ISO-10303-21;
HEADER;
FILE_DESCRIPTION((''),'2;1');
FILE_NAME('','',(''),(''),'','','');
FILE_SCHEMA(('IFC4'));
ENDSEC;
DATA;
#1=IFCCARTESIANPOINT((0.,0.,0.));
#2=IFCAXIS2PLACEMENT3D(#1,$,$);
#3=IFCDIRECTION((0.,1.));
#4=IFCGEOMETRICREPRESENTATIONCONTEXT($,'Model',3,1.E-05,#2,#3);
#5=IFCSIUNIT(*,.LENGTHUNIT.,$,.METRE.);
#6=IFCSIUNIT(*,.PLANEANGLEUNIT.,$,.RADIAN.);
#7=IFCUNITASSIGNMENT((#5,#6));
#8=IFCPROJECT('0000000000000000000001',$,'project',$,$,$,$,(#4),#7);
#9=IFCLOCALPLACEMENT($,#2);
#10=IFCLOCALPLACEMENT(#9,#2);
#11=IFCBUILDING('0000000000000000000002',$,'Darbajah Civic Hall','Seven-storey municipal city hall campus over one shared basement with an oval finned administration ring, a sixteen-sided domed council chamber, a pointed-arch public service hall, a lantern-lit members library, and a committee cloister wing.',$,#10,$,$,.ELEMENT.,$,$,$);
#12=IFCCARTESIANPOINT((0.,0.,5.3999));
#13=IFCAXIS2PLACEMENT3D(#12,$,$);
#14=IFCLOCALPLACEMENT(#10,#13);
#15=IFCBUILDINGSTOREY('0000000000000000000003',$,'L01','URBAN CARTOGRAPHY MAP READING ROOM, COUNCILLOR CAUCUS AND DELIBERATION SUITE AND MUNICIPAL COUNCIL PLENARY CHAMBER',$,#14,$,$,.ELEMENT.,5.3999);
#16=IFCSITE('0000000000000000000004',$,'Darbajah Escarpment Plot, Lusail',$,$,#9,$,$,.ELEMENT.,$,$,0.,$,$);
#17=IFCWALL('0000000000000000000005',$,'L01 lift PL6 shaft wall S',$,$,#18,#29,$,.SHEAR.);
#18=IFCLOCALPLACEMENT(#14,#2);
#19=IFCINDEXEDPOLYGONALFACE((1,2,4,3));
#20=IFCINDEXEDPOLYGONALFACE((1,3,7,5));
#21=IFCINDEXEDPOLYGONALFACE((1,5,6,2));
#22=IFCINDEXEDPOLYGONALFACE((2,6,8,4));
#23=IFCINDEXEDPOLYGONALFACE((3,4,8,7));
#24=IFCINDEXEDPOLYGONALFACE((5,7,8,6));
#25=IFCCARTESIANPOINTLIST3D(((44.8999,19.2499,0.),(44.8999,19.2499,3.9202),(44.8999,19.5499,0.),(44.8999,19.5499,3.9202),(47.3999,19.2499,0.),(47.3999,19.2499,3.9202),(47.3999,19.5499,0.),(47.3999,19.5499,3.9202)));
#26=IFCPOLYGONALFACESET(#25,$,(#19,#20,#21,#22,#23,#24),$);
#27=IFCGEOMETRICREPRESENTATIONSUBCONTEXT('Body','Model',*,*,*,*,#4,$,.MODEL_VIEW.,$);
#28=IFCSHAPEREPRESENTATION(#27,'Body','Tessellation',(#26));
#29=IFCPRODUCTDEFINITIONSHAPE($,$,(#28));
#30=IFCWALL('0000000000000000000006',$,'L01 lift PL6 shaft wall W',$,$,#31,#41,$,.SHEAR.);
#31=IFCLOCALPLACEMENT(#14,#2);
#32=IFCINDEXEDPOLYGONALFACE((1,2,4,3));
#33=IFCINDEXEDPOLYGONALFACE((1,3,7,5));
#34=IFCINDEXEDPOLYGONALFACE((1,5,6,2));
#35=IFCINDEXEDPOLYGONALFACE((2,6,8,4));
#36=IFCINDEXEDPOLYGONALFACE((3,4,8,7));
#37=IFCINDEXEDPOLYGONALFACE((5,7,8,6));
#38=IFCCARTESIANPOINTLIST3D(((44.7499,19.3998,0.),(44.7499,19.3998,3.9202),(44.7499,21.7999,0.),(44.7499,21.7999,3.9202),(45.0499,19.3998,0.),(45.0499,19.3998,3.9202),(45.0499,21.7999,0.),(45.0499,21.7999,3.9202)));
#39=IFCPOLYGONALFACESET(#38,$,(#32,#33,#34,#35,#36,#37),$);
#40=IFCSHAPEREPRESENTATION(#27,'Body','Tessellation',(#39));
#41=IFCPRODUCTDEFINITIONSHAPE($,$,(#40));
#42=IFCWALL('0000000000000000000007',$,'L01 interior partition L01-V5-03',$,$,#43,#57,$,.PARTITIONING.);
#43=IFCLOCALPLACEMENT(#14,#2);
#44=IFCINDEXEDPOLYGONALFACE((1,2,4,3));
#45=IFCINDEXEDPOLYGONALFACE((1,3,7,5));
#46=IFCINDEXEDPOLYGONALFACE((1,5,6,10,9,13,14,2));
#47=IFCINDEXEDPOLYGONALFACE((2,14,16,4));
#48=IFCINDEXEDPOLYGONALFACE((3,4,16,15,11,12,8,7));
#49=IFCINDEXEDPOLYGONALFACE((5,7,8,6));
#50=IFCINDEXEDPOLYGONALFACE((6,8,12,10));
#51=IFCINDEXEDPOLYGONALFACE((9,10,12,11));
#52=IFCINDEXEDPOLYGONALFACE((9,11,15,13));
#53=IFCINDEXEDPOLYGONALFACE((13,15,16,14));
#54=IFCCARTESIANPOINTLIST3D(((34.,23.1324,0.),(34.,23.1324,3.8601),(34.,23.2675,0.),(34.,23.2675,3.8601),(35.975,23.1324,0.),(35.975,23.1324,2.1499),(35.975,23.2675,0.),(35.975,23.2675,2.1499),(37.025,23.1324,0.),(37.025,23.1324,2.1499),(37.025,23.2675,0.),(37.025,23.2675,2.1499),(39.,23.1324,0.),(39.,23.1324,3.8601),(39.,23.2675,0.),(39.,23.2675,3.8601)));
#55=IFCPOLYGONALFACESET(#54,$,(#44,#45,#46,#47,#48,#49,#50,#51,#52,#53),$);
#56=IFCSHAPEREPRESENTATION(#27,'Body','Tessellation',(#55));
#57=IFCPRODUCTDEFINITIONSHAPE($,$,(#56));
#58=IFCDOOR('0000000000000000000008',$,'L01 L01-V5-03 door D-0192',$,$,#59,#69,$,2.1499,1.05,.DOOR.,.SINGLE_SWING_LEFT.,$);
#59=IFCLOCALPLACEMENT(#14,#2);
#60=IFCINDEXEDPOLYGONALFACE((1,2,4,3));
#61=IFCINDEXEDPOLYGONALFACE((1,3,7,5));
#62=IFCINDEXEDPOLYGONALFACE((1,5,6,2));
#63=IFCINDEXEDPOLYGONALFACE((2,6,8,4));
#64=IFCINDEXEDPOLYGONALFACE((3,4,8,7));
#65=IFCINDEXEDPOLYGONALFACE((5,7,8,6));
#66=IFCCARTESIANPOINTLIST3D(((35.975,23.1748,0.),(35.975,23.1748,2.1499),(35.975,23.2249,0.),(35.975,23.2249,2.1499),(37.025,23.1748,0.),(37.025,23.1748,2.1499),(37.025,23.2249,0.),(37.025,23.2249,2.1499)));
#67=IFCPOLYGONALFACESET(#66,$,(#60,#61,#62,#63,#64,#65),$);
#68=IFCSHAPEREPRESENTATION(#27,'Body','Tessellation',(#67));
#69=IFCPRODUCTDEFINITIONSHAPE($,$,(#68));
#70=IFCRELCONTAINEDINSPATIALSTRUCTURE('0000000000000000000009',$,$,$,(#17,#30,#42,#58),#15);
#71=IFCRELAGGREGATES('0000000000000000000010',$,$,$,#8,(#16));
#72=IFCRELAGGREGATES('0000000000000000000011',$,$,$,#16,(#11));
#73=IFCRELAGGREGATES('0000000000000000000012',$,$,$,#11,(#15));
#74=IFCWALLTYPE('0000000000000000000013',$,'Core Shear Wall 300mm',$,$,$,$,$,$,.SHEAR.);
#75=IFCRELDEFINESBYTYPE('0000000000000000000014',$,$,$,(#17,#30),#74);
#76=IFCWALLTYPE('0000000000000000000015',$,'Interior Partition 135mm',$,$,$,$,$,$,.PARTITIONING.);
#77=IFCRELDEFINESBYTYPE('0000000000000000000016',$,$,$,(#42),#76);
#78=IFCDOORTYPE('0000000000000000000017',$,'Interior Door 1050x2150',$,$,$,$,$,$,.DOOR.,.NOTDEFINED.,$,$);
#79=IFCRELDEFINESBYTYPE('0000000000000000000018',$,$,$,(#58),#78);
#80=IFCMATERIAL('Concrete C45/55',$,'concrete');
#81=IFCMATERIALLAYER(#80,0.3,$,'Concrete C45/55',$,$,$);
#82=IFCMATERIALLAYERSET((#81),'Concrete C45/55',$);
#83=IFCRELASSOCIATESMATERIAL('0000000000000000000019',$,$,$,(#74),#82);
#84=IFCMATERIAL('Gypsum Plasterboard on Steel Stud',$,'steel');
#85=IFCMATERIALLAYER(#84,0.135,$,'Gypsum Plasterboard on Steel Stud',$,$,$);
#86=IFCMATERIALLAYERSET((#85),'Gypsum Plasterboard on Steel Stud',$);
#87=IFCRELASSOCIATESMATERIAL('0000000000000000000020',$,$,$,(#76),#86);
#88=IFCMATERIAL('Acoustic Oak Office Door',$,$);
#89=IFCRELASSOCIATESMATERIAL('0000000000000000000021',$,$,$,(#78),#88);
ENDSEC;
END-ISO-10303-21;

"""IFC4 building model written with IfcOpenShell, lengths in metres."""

from ifc_helpers import new_model, si_unit, direction, frame, frame_2d, origin, place, context, subcontext, project, spatial, rectangle, extrude, material, layer, layer_set, type_object, element, fill, save


model = new_model("IFC4")

# Units and contexts
model_context = context("Model", 3, precision=1e-05, world=origin(), true_north=direction((0.0, 1.0)))
body_context = subcontext(model_context, "Body", "Model", "MODEL_VIEW")
ifc_project = project(units=[si_unit("LENGTHUNIT", "METRE"), si_unit("PLANEANGLEUNIT", "RADIAN")], contexts=[model_context])

# Site, building, storey
site_placement = place(None, origin())
site = spatial("IfcSite", under=ifc_project, at=site_placement, Name="Darbajah Escarpment Plot, Lusail", CompositionType="ELEMENT", RefElevation=0.0)
building_placement = place(site_placement, origin())
building = spatial("IfcBuilding", under=site, at=building_placement, Name="Darbajah Civic Hall", Description="Seven-storey municipal city hall campus over one shared basement with an oval finned administration ring, a sixteen-sided domed council chamber, a pointed-arch public service hall, a lantern-lit members library, and a committee cloister wing.", CompositionType="ELEMENT")
storey_placement = place(building_placement, frame((0.0, 0.0, 5.3999)))
storey = spatial("IfcBuildingStorey", under=building, at=storey_placement, Name="L01", Description="URBAN CARTOGRAPHY MAP READING ROOM, COUNCILLOR CAUCUS AND DELIBERATION SUITE AND MUNICIPAL COUNCIL PLENARY CHAMBER", CompositionType="ELEMENT", Elevation=5.3999)

# Shared definitions
ifc_material_1 = material(Name="Concrete C45/55", Category="concrete")

# Walls
ifc_layer_1 = layer(ifc_material_1, 0.3, Name="Concrete C45/55")
ifc_layer_set_1 = layer_set([ifc_layer_1], Name="Concrete C45/55")
wall_type_1 = type_object("IfcWallType", Name="Core Shear Wall 300mm", PredefinedType="SHEAR", material=ifc_layer_set_1)
wall_1_placement = place(storey_placement, frame((44.8999, 19.3999, 0.0), z_axis=(0.0, 0.0, 1.0), x_axis=(1.0, 0.0, 0.0)))
element("IfcWall", 1, at=wall_1_placement, inside=storey, type_object=wall_type_1, Name="L01 lift PL6 shaft wall S", PredefinedType="SHEAR", context=body_context, shape_type="SweptSolid", body=[
    extrude(rectangle(XDim=2.5, YDim=0.3, at=frame_2d((1.25, 0.0))), origin(), (0.0, 0.0, 1.0), 3.9202),
])
wall_2_placement = place(storey_placement, frame((44.8999, 21.8, 0.0), z_axis=(0.0, 0.0, 1.0), x_axis=(0.0, -1.0, 0.0)))
element("IfcWall", 2, at=wall_2_placement, inside=storey, type_object=wall_type_1, Name="L01 lift PL6 shaft wall W", PredefinedType="SHEAR", context=body_context, shape_type="SweptSolid", body=[
    extrude(rectangle(XDim=2.4001, YDim=0.3, at=frame_2d((1.2002, 0.0))), origin(), (0.0, 0.0, 1.0), 3.9202),
])

# Wall, opening, door
ifc_material_2 = material(Name="Gypsum Plasterboard on Steel Stud", Category="steel")
ifc_layer_2 = layer(ifc_material_2, 0.135, Name="Gypsum Plasterboard on Steel Stud")
ifc_layer_set_2 = layer_set([ifc_layer_2], Name="Gypsum Plasterboard on Steel Stud")
wall_type_2 = type_object("IfcWallType", Name="Interior Partition 135mm", PredefinedType="PARTITIONING", material=ifc_layer_set_2)
wall_3_placement = place(storey_placement, frame((34.0, 23.2, 0.0), z_axis=(0.0, 0.0, 1.0), x_axis=(1.0, 0.0, 0.0)))
wall_3 = element("IfcWall", 3, at=wall_3_placement, inside=storey, type_object=wall_type_2, Name="L01 interior partition L01-V5-03", PredefinedType="PARTITIONING", context=body_context, shape_type="SweptSolid", body=[
    extrude(rectangle(XDim=5.0, YDim=0.135, at=frame_2d((2.5, 0.0))), origin(), (0.0, 0.0, 1.0), 3.8601),
])
opening_placement = place(wall_3_placement, frame((1.9751, 0.0, 0.0)))
opening = element("IfcOpeningElement", 4, at=opening_placement, cuts=wall_3, PredefinedType="OPENING", context=body_context, shape_type="SweptSolid", body=[
    extrude(rectangle(XDim=1.05, YDim=2.1499, at=frame_2d((0.5249, 1.075))), frame((0.0, 0.0774, 0.0), z_axis=(0.0, -1.0, 0.0), x_axis=(1.0, 0.0, 0.0)), (0.0, 0.0, 1.0), 0.155),
])
ifc_material_3 = material(Name="Acoustic Oak Office Door")
door_type = type_object("IfcDoorType", Name="Interior Door 1050x2150", OperationType="NOTDEFINED", PredefinedType="DOOR", material=ifc_material_3)
door_placement = place(opening_placement, origin())
door = element("IfcDoor", 5, at=door_placement, inside=storey, type_object=door_type, Name="L01 L01-V5-03 door D-0192", OperationType="SINGLE_SWING_LEFT", OverallHeight=2.1499, OverallWidth=1.05, PredefinedType="DOOR", context=body_context, shape_type="SweptSolid", body=[
    extrude(rectangle(XDim=1.05, YDim=2.1499, at=frame_2d((0.5249, 1.075))), frame((0.0, 0.0249, 0.0), z_axis=(0.0, -1.0, 0.0), x_axis=(1.0, 0.0, 0.0)), (0.0, 0.0, 1.0), 0.05),
])
fill(opening, door)

save(model, "model.ifc")
